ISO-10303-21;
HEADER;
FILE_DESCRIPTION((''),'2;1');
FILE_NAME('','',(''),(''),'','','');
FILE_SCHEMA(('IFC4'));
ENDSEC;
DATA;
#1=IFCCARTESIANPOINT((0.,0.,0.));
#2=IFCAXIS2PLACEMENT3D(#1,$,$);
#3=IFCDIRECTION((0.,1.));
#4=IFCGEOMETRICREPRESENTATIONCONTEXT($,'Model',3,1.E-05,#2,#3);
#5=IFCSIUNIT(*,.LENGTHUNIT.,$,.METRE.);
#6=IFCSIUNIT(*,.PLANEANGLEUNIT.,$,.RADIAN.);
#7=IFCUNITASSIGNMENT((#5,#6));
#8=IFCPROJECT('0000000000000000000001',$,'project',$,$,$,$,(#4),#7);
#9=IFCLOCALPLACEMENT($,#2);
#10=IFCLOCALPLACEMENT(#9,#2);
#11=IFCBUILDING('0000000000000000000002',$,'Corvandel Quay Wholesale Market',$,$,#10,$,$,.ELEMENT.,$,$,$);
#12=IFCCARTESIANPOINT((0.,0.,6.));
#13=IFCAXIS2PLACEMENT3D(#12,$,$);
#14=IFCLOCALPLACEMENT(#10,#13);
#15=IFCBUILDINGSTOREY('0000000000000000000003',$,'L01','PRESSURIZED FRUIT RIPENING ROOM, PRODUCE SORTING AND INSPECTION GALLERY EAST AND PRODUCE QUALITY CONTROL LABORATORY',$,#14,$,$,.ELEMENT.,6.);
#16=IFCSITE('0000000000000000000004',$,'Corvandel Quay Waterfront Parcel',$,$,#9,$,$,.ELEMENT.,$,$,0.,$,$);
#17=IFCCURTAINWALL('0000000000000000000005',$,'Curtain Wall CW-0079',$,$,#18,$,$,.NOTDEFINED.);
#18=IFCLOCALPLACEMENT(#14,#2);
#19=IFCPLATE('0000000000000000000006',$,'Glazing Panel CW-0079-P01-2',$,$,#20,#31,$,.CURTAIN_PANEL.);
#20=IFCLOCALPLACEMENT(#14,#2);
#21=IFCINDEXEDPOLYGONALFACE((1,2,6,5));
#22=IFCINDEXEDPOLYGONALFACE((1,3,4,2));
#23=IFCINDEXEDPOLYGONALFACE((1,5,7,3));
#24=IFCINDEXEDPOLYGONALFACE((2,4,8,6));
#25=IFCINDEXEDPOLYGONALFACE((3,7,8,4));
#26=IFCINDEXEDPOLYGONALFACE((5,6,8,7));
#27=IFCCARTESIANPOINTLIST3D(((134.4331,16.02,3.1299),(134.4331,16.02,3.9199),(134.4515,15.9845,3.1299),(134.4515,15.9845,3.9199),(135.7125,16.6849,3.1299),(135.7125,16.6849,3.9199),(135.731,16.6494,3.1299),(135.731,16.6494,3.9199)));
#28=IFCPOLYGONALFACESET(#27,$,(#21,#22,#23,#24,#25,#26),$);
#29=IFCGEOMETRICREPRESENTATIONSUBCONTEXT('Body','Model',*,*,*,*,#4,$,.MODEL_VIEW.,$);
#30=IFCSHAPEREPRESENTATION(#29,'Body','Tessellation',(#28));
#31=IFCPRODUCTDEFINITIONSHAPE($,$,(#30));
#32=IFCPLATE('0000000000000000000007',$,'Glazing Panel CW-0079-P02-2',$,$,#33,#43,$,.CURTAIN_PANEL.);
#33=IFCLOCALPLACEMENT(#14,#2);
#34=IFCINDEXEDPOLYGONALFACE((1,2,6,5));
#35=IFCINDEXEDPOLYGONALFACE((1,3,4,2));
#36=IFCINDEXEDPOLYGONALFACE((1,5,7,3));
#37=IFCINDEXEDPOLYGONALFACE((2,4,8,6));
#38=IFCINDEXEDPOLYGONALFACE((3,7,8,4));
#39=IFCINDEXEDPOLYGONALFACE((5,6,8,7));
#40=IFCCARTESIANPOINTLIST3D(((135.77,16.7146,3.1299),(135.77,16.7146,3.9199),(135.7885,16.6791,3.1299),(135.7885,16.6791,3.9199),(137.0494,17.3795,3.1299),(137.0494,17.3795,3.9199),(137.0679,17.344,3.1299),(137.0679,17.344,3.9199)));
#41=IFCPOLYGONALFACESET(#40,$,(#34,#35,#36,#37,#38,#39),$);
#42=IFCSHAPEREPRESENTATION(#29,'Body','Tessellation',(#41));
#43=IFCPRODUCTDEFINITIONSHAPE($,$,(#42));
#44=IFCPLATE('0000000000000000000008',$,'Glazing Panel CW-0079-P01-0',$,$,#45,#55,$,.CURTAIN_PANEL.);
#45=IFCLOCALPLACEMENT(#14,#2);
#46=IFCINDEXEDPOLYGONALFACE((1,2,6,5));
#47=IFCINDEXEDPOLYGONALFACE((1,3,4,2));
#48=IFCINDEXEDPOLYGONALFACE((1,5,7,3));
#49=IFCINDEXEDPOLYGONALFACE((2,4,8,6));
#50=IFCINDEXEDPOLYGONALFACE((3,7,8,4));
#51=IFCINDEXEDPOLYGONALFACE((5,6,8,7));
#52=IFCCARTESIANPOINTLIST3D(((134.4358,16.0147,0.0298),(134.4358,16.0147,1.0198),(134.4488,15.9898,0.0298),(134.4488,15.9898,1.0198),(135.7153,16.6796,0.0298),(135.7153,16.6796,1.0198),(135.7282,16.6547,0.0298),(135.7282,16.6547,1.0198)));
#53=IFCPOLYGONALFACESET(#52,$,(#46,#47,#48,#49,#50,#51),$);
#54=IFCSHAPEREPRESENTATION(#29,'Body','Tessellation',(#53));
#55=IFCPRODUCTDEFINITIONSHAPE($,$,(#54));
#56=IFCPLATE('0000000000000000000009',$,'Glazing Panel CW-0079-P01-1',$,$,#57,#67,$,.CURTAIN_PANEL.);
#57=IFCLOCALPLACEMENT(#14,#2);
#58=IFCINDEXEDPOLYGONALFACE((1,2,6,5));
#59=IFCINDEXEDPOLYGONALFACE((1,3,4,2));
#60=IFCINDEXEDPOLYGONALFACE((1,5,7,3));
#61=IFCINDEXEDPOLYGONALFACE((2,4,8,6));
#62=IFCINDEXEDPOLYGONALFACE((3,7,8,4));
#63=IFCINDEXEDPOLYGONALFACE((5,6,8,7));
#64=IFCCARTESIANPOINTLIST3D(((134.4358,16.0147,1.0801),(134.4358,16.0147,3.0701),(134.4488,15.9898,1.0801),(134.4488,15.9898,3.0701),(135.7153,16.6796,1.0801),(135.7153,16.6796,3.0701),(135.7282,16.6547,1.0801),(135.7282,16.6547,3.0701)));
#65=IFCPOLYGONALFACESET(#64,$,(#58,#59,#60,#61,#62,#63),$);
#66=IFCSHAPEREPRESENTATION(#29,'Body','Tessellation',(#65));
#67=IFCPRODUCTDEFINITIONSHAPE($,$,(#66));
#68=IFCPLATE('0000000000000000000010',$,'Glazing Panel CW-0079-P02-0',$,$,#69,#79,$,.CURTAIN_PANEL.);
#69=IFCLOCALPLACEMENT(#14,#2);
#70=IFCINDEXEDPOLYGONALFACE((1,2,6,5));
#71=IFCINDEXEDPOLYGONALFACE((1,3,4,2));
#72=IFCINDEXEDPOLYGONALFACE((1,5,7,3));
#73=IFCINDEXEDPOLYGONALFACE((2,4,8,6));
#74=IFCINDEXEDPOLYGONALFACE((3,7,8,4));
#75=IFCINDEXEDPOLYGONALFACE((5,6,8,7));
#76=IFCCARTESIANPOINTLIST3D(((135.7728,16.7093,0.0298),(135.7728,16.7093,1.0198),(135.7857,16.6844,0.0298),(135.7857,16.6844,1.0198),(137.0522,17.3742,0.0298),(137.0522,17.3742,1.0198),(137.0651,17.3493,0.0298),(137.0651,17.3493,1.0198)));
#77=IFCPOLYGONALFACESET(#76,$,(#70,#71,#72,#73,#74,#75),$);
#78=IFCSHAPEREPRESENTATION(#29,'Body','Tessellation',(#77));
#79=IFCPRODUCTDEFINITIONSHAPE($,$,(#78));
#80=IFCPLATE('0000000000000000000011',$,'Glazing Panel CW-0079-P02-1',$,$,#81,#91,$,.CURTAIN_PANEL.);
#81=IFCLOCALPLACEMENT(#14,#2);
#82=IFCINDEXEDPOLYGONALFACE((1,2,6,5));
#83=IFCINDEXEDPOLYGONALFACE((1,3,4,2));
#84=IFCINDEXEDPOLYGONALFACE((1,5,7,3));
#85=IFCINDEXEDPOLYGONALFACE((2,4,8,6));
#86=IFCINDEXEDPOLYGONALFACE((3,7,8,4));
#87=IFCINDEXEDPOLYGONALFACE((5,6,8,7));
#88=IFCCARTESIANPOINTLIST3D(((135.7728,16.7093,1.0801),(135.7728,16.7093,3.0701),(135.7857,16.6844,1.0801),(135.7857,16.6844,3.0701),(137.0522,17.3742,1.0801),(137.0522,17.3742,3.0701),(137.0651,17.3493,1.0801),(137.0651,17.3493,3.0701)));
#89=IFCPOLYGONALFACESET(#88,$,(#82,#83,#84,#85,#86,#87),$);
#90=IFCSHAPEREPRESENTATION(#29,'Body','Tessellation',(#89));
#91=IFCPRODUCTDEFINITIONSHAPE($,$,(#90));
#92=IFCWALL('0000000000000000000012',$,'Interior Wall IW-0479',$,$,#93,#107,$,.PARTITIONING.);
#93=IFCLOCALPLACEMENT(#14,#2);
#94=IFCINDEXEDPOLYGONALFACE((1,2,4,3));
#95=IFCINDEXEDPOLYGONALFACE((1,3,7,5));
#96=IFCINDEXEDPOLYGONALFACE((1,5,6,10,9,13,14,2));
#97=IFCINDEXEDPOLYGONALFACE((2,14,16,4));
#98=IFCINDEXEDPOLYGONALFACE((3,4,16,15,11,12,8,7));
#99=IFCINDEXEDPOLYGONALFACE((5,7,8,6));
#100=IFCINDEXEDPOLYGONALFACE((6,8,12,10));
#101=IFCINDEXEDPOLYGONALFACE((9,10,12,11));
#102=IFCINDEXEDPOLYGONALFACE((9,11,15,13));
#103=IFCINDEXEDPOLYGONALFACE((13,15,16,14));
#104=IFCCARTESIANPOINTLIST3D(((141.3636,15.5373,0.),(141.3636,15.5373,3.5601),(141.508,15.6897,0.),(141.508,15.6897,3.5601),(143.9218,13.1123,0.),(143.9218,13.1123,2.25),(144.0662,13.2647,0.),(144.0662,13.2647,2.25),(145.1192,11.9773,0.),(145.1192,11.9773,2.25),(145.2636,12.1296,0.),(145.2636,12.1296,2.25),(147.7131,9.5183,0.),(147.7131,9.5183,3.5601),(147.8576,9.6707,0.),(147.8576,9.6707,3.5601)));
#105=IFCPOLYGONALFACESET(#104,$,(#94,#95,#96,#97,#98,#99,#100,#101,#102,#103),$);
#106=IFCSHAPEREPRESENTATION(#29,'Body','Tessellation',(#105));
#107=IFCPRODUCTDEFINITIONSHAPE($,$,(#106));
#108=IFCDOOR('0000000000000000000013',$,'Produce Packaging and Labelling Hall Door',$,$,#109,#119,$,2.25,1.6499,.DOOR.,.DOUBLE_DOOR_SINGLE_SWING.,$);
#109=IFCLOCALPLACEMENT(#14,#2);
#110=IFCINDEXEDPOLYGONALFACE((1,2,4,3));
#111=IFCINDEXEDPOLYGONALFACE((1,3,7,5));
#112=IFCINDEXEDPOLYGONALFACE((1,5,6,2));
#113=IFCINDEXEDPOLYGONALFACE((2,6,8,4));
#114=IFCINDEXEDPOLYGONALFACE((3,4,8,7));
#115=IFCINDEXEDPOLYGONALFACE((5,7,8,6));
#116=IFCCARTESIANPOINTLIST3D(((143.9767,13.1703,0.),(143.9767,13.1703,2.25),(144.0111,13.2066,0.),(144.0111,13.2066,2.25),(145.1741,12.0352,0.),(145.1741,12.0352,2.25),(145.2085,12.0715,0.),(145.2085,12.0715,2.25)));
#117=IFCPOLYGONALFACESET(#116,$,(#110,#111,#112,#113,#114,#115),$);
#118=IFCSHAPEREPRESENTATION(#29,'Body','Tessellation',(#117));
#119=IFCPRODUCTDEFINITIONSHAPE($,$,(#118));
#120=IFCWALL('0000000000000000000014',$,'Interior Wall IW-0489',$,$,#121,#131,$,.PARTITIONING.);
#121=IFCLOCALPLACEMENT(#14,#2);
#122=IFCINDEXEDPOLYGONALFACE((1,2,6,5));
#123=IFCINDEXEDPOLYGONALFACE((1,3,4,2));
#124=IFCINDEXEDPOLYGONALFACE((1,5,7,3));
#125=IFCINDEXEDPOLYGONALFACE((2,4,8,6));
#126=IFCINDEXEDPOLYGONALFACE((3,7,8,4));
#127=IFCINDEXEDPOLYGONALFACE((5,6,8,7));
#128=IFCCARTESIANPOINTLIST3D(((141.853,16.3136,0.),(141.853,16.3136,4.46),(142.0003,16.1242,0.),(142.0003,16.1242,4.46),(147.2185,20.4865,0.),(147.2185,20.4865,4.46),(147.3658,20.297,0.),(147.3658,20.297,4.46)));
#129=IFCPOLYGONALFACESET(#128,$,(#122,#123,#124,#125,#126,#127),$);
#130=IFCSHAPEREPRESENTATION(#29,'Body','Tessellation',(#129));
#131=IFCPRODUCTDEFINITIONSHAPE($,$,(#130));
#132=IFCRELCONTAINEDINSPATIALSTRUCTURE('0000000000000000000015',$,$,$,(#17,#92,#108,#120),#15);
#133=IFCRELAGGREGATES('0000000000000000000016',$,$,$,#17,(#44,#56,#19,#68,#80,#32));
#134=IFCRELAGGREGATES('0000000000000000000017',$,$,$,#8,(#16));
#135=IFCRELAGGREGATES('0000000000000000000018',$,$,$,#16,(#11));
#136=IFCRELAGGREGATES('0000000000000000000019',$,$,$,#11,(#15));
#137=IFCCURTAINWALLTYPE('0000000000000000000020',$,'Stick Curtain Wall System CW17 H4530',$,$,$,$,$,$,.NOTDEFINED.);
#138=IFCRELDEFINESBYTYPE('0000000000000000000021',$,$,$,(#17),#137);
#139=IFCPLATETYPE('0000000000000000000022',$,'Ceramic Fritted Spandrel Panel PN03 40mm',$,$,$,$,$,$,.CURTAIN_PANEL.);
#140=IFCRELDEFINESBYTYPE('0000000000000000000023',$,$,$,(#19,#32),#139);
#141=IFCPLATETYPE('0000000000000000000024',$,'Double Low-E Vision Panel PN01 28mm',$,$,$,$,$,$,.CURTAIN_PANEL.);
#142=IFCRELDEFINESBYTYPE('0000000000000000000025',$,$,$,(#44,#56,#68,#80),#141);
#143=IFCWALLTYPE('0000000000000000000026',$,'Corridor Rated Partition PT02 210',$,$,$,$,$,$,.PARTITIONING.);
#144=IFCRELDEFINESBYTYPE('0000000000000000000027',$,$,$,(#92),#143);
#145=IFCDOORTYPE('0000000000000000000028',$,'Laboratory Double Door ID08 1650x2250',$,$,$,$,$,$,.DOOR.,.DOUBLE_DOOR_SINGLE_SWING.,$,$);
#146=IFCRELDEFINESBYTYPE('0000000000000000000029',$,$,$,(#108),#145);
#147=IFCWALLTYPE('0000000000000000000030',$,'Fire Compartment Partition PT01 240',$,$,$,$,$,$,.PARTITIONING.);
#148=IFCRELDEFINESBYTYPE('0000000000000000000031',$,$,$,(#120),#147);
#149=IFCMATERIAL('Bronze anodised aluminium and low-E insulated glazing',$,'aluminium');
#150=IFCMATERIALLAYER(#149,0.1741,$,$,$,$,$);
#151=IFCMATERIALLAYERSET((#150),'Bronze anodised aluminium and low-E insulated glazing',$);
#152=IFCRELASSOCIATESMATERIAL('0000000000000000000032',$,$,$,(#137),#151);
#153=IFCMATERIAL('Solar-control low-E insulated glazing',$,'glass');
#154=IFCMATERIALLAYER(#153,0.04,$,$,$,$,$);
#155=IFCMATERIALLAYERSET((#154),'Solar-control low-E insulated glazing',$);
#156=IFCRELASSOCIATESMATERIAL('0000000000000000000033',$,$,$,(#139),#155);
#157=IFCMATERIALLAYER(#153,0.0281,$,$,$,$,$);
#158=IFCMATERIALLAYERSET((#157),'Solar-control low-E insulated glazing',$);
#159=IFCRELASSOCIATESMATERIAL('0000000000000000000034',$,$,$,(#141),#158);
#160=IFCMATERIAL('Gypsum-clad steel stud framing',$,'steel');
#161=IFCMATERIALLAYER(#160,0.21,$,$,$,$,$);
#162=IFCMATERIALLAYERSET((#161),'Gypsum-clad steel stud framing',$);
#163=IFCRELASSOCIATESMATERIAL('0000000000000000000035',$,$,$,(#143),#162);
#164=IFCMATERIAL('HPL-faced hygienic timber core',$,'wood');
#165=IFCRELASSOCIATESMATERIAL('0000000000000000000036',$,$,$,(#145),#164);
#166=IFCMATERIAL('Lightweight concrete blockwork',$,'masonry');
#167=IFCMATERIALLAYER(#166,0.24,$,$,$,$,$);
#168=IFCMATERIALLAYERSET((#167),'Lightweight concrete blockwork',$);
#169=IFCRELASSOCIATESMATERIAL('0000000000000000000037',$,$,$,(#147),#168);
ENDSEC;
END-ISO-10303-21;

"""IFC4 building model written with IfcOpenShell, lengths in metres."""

from ifc_helpers import new_model, si_unit, direction, frame, frame_2d, origin, origin_2d, place, context, subcontext, project, spatial, rectangle, extrude, material, layer, layer_set, type_object, element, fill, aggregate, save


model = new_model("IFC4")

# Units and contexts
model_context = context("Model", 3, precision=1e-05, world=origin(), true_north=direction((0.0, 1.0)))
body_context = subcontext(model_context, "Body", "Model", "MODEL_VIEW")
ifc_project = project(units=[si_unit("LENGTHUNIT", "METRE"), si_unit("PLANEANGLEUNIT", "RADIAN")], contexts=[model_context])

# Site, building, storey
site_placement = place(None, origin())
site = spatial("IfcSite", under=ifc_project, at=site_placement, Name="Corvandel Quay Waterfront Parcel", CompositionType="ELEMENT", RefElevation=0.0)
building_placement = place(site_placement, origin())
building = spatial("IfcBuilding", under=site, at=building_placement, Name="Corvandel Quay Wholesale Market", CompositionType="ELEMENT")
storey_placement = place(building_placement, frame((0.0, 0.0, 6.0)))
storey = spatial("IfcBuildingStorey", under=building, at=storey_placement, Name="L01", Description="PRESSURIZED FRUIT RIPENING ROOM, PRODUCE SORTING AND INSPECTION GALLERY EAST AND PRODUCE QUALITY CONTROL LABORATORY", CompositionType="ELEMENT", Elevation=6.0)

# Curtain wall
ifc_material_1 = material(Name="Bronze anodised aluminium and low-E insulated glazing", Category="aluminium")
ifc_layer_1 = layer(ifc_material_1, 0.1741)
ifc_layer_set_1 = layer_set([ifc_layer_1], Name="Bronze anodised aluminium and low-E insulated glazing")
curtain_wall_type = type_object("IfcCurtainWallType", Name="Stick Curtain Wall System CW17 H4530", PredefinedType="NOTDEFINED", material=ifc_layer_set_1)
curtain_wall_placement = place(storey_placement, origin())
curtain_wall = element("IfcCurtainWall", 1, at=curtain_wall_placement, inside=storey, type_object=curtain_wall_type, Name="Curtain Wall CW-0079", PredefinedType="NOTDEFINED")

# Plates
ifc_material_2 = material(Name="Solar-control low-E insulated glazing", Category="glass")
ifc_layer_2 = layer(ifc_material_2, 0.04)
ifc_layer_set_2 = layer_set([ifc_layer_2], Name="Solar-control low-E insulated glazing")
plate_type_1 = type_object("IfcPlateType", Name="Ceramic Fritted Spandrel Panel PN03 40mm", PredefinedType="CURTAIN_PANEL", material=ifc_layer_set_2)
plate_1_placement = place(storey_placement, frame((135.082, 16.3347, 3.1299), z_axis=(0.0, 0.0, 1.0), x_axis=(0.887333, 0.461129, 0.0)))
plate_1 = element("IfcPlate", 2, at=plate_1_placement, type_object=plate_type_1, Name="Glazing Panel CW-0079-P01-2", PredefinedType="CURTAIN_PANEL", context=body_context, shape_type="SweptSolid", body=[
    extrude(rectangle(XDim=1.4419, YDim=0.04, at=origin_2d()), origin(), (0.0, 0.0, 1.0), 0.79),
])
plate_2_placement = place(storey_placement, frame((136.4189, 17.0293, 3.1299), z_axis=(0.0, 0.0, 1.0), x_axis=(0.887333, 0.461129, 0.0)))
plate_2 = element("IfcPlate", 3, at=plate_2_placement, type_object=plate_type_1, Name="Glazing Panel CW-0079-P02-2", PredefinedType="CURTAIN_PANEL", context=body_context, shape_type="SweptSolid", body=[
    extrude(rectangle(XDim=1.4419, YDim=0.04, at=origin_2d()), origin(), (0.0, 0.0, 1.0), 0.79),
])
ifc_layer_3 = layer(ifc_material_2, 0.0281)
ifc_layer_set_3 = layer_set([ifc_layer_3], Name="Solar-control low-E insulated glazing")
plate_type_2 = type_object("IfcPlateType", Name="Double Low-E Vision Panel PN01 28mm", PredefinedType="CURTAIN_PANEL", material=ifc_layer_set_3)
plate_3_placement = place(storey_placement, frame((135.082, 16.3347, 0.0298), z_axis=(0.0, 0.0, 1.0), x_axis=(0.887333, 0.461129, 0.0)))
plate_3 = element("IfcPlate", 4, at=plate_3_placement, type_object=plate_type_2, Name="Glazing Panel CW-0079-P01-0", PredefinedType="CURTAIN_PANEL", context=body_context, shape_type="SweptSolid", body=[
    extrude(rectangle(XDim=1.4419, YDim=0.0281, at=origin_2d()), origin(), (0.0, 0.0, 1.0), 0.99),
])
plate_4_placement = place(storey_placement, frame((135.082, 16.3347, 1.0801), z_axis=(0.0, 0.0, 1.0), x_axis=(0.887333, 0.461129, 0.0)))
plate_4 = element("IfcPlate", 5, at=plate_4_placement, type_object=plate_type_2, Name="Glazing Panel CW-0079-P01-1", PredefinedType="CURTAIN_PANEL", context=body_context, shape_type="SweptSolid", body=[
    extrude(rectangle(XDim=1.4419, YDim=0.0281, at=origin_2d()), origin(), (0.0, 0.0, 1.0), 1.99),
])
plate_5_placement = place(storey_placement, frame((136.4189, 17.0293, 0.0298), z_axis=(0.0, 0.0, 1.0), x_axis=(0.887333, 0.461129, 0.0)))
plate_5 = element("IfcPlate", 6, at=plate_5_placement, type_object=plate_type_2, Name="Glazing Panel CW-0079-P02-0", PredefinedType="CURTAIN_PANEL", context=body_context, shape_type="SweptSolid", body=[
    extrude(rectangle(XDim=1.4419, YDim=0.0281, at=origin_2d()), origin(), (0.0, 0.0, 1.0), 0.99),
])
plate_6_placement = place(storey_placement, frame((136.4189, 17.0293, 1.0801), z_axis=(0.0, 0.0, 1.0), x_axis=(0.887333, 0.461129, 0.0)))
plate_6 = element("IfcPlate", 7, at=plate_6_placement, type_object=plate_type_2, Name="Glazing Panel CW-0079-P02-1", PredefinedType="CURTAIN_PANEL", context=body_context, shape_type="SweptSolid", body=[
    extrude(rectangle(XDim=1.4419, YDim=0.0281, at=origin_2d()), origin(), (0.0, 0.0, 1.0), 1.99),
])
aggregate(curtain_wall, [plate_3, plate_4, plate_1, plate_5, plate_6, plate_2])

# Wall, opening, door
ifc_material_3 = material(Name="Gypsum-clad steel stud framing", Category="steel")
ifc_layer_4 = layer(ifc_material_3, 0.21)
ifc_layer_set_4 = layer_set([ifc_layer_4], Name="Gypsum-clad steel stud framing")
wall_type_1 = type_object("IfcWallType", Name="Corridor Rated Partition PT02 210", PredefinedType="PARTITIONING", material=ifc_layer_set_4)
wall_1_placement = place(storey_placement, frame((141.4358, 15.6135, 0.0), z_axis=(0.0, 0.0, 1.0), x_axis=(0.725746, -0.687963, 0.0)))
wall_1 = element("IfcWall", 8, at=wall_1_placement, inside=storey, type_object=wall_type_1, Name="Interior Wall IW-0479", PredefinedType="PARTITIONING", context=body_context, shape_type="SweptSolid", body=[
    extrude(rectangle(XDim=8.749, YDim=0.21, at=frame_2d((4.3745, 0.0))), origin(), (0.0, 0.0, 1.0), 3.5601),
])
opening_placement = place(wall_1_placement, frame((3.5249, 0.0, 0.0)))
opening = element("IfcOpeningElement", 9, at=opening_placement, cuts=wall_1, PredefinedType="OPENING", context=body_context, shape_type="SweptSolid", body=[
    extrude(rectangle(XDim=1.6499, YDim=2.25, at=frame_2d((0.825, 1.125))), frame((0.0, 0.115, 0.0), z_axis=(0.0, -1.0, 0.0), x_axis=(1.0, 0.0, 0.0)), (0.0, 0.0, 1.0), 0.23),
])
ifc_material_4 = material(Name="HPL-faced hygienic timber core", Category="wood")
door_type = type_object("IfcDoorType", Name="Laboratory Double Door ID08 1650x2250", OperationType="DOUBLE_DOOR_SINGLE_SWING", PredefinedType="DOOR", material=ifc_material_4)
door_placement = place(opening_placement, origin())
door = element("IfcDoor", 10, at=door_placement, inside=storey, type_object=door_type, Name="Produce Packaging and Labelling Hall Door", OperationType="DOUBLE_DOOR_SINGLE_SWING", OverallHeight=2.25, OverallWidth=1.6499, PredefinedType="DOOR", context=body_context, shape_type="SweptSolid", body=[
    extrude(rectangle(XDim=1.6499, YDim=2.25, at=frame_2d((0.825, 1.125))), frame((0.0, 0.0249, 0.0), z_axis=(0.0, -1.0, 0.0), x_axis=(1.0, 0.0, 0.0)), (0.0, 0.0, 1.0), 0.05),
])
fill(opening, door)

# Wall
ifc_material_5 = material(Name="Lightweight concrete blockwork", Category="masonry")
ifc_layer_5 = layer(ifc_material_5, 0.24)
ifc_layer_set_5 = layer_set([ifc_layer_5], Name="Lightweight concrete blockwork")
wall_type_2 = type_object("IfcWallType", Name="Fire Compartment Partition PT01 240", PredefinedType="PARTITIONING", material=ifc_layer_set_5)
wall_2_placement = place(storey_placement, frame((141.9268, 16.219, 0.0), z_axis=(0.0, 0.0, 1.0), x_axis=(0.789373, 0.613913, 0.0)))
element("IfcWall", 11, at=wall_2_placement, inside=storey, type_object=wall_type_2, Name="Interior Wall IW-0489", PredefinedType="PARTITIONING", context=body_context, shape_type="SweptSolid", body=[
    extrude(rectangle(XDim=6.7971, YDim=0.24, at=frame_2d((3.3984, 0.0))), origin(), (0.0, 0.0, 1.0), 4.46),
])

save(model, "model.ifc")
